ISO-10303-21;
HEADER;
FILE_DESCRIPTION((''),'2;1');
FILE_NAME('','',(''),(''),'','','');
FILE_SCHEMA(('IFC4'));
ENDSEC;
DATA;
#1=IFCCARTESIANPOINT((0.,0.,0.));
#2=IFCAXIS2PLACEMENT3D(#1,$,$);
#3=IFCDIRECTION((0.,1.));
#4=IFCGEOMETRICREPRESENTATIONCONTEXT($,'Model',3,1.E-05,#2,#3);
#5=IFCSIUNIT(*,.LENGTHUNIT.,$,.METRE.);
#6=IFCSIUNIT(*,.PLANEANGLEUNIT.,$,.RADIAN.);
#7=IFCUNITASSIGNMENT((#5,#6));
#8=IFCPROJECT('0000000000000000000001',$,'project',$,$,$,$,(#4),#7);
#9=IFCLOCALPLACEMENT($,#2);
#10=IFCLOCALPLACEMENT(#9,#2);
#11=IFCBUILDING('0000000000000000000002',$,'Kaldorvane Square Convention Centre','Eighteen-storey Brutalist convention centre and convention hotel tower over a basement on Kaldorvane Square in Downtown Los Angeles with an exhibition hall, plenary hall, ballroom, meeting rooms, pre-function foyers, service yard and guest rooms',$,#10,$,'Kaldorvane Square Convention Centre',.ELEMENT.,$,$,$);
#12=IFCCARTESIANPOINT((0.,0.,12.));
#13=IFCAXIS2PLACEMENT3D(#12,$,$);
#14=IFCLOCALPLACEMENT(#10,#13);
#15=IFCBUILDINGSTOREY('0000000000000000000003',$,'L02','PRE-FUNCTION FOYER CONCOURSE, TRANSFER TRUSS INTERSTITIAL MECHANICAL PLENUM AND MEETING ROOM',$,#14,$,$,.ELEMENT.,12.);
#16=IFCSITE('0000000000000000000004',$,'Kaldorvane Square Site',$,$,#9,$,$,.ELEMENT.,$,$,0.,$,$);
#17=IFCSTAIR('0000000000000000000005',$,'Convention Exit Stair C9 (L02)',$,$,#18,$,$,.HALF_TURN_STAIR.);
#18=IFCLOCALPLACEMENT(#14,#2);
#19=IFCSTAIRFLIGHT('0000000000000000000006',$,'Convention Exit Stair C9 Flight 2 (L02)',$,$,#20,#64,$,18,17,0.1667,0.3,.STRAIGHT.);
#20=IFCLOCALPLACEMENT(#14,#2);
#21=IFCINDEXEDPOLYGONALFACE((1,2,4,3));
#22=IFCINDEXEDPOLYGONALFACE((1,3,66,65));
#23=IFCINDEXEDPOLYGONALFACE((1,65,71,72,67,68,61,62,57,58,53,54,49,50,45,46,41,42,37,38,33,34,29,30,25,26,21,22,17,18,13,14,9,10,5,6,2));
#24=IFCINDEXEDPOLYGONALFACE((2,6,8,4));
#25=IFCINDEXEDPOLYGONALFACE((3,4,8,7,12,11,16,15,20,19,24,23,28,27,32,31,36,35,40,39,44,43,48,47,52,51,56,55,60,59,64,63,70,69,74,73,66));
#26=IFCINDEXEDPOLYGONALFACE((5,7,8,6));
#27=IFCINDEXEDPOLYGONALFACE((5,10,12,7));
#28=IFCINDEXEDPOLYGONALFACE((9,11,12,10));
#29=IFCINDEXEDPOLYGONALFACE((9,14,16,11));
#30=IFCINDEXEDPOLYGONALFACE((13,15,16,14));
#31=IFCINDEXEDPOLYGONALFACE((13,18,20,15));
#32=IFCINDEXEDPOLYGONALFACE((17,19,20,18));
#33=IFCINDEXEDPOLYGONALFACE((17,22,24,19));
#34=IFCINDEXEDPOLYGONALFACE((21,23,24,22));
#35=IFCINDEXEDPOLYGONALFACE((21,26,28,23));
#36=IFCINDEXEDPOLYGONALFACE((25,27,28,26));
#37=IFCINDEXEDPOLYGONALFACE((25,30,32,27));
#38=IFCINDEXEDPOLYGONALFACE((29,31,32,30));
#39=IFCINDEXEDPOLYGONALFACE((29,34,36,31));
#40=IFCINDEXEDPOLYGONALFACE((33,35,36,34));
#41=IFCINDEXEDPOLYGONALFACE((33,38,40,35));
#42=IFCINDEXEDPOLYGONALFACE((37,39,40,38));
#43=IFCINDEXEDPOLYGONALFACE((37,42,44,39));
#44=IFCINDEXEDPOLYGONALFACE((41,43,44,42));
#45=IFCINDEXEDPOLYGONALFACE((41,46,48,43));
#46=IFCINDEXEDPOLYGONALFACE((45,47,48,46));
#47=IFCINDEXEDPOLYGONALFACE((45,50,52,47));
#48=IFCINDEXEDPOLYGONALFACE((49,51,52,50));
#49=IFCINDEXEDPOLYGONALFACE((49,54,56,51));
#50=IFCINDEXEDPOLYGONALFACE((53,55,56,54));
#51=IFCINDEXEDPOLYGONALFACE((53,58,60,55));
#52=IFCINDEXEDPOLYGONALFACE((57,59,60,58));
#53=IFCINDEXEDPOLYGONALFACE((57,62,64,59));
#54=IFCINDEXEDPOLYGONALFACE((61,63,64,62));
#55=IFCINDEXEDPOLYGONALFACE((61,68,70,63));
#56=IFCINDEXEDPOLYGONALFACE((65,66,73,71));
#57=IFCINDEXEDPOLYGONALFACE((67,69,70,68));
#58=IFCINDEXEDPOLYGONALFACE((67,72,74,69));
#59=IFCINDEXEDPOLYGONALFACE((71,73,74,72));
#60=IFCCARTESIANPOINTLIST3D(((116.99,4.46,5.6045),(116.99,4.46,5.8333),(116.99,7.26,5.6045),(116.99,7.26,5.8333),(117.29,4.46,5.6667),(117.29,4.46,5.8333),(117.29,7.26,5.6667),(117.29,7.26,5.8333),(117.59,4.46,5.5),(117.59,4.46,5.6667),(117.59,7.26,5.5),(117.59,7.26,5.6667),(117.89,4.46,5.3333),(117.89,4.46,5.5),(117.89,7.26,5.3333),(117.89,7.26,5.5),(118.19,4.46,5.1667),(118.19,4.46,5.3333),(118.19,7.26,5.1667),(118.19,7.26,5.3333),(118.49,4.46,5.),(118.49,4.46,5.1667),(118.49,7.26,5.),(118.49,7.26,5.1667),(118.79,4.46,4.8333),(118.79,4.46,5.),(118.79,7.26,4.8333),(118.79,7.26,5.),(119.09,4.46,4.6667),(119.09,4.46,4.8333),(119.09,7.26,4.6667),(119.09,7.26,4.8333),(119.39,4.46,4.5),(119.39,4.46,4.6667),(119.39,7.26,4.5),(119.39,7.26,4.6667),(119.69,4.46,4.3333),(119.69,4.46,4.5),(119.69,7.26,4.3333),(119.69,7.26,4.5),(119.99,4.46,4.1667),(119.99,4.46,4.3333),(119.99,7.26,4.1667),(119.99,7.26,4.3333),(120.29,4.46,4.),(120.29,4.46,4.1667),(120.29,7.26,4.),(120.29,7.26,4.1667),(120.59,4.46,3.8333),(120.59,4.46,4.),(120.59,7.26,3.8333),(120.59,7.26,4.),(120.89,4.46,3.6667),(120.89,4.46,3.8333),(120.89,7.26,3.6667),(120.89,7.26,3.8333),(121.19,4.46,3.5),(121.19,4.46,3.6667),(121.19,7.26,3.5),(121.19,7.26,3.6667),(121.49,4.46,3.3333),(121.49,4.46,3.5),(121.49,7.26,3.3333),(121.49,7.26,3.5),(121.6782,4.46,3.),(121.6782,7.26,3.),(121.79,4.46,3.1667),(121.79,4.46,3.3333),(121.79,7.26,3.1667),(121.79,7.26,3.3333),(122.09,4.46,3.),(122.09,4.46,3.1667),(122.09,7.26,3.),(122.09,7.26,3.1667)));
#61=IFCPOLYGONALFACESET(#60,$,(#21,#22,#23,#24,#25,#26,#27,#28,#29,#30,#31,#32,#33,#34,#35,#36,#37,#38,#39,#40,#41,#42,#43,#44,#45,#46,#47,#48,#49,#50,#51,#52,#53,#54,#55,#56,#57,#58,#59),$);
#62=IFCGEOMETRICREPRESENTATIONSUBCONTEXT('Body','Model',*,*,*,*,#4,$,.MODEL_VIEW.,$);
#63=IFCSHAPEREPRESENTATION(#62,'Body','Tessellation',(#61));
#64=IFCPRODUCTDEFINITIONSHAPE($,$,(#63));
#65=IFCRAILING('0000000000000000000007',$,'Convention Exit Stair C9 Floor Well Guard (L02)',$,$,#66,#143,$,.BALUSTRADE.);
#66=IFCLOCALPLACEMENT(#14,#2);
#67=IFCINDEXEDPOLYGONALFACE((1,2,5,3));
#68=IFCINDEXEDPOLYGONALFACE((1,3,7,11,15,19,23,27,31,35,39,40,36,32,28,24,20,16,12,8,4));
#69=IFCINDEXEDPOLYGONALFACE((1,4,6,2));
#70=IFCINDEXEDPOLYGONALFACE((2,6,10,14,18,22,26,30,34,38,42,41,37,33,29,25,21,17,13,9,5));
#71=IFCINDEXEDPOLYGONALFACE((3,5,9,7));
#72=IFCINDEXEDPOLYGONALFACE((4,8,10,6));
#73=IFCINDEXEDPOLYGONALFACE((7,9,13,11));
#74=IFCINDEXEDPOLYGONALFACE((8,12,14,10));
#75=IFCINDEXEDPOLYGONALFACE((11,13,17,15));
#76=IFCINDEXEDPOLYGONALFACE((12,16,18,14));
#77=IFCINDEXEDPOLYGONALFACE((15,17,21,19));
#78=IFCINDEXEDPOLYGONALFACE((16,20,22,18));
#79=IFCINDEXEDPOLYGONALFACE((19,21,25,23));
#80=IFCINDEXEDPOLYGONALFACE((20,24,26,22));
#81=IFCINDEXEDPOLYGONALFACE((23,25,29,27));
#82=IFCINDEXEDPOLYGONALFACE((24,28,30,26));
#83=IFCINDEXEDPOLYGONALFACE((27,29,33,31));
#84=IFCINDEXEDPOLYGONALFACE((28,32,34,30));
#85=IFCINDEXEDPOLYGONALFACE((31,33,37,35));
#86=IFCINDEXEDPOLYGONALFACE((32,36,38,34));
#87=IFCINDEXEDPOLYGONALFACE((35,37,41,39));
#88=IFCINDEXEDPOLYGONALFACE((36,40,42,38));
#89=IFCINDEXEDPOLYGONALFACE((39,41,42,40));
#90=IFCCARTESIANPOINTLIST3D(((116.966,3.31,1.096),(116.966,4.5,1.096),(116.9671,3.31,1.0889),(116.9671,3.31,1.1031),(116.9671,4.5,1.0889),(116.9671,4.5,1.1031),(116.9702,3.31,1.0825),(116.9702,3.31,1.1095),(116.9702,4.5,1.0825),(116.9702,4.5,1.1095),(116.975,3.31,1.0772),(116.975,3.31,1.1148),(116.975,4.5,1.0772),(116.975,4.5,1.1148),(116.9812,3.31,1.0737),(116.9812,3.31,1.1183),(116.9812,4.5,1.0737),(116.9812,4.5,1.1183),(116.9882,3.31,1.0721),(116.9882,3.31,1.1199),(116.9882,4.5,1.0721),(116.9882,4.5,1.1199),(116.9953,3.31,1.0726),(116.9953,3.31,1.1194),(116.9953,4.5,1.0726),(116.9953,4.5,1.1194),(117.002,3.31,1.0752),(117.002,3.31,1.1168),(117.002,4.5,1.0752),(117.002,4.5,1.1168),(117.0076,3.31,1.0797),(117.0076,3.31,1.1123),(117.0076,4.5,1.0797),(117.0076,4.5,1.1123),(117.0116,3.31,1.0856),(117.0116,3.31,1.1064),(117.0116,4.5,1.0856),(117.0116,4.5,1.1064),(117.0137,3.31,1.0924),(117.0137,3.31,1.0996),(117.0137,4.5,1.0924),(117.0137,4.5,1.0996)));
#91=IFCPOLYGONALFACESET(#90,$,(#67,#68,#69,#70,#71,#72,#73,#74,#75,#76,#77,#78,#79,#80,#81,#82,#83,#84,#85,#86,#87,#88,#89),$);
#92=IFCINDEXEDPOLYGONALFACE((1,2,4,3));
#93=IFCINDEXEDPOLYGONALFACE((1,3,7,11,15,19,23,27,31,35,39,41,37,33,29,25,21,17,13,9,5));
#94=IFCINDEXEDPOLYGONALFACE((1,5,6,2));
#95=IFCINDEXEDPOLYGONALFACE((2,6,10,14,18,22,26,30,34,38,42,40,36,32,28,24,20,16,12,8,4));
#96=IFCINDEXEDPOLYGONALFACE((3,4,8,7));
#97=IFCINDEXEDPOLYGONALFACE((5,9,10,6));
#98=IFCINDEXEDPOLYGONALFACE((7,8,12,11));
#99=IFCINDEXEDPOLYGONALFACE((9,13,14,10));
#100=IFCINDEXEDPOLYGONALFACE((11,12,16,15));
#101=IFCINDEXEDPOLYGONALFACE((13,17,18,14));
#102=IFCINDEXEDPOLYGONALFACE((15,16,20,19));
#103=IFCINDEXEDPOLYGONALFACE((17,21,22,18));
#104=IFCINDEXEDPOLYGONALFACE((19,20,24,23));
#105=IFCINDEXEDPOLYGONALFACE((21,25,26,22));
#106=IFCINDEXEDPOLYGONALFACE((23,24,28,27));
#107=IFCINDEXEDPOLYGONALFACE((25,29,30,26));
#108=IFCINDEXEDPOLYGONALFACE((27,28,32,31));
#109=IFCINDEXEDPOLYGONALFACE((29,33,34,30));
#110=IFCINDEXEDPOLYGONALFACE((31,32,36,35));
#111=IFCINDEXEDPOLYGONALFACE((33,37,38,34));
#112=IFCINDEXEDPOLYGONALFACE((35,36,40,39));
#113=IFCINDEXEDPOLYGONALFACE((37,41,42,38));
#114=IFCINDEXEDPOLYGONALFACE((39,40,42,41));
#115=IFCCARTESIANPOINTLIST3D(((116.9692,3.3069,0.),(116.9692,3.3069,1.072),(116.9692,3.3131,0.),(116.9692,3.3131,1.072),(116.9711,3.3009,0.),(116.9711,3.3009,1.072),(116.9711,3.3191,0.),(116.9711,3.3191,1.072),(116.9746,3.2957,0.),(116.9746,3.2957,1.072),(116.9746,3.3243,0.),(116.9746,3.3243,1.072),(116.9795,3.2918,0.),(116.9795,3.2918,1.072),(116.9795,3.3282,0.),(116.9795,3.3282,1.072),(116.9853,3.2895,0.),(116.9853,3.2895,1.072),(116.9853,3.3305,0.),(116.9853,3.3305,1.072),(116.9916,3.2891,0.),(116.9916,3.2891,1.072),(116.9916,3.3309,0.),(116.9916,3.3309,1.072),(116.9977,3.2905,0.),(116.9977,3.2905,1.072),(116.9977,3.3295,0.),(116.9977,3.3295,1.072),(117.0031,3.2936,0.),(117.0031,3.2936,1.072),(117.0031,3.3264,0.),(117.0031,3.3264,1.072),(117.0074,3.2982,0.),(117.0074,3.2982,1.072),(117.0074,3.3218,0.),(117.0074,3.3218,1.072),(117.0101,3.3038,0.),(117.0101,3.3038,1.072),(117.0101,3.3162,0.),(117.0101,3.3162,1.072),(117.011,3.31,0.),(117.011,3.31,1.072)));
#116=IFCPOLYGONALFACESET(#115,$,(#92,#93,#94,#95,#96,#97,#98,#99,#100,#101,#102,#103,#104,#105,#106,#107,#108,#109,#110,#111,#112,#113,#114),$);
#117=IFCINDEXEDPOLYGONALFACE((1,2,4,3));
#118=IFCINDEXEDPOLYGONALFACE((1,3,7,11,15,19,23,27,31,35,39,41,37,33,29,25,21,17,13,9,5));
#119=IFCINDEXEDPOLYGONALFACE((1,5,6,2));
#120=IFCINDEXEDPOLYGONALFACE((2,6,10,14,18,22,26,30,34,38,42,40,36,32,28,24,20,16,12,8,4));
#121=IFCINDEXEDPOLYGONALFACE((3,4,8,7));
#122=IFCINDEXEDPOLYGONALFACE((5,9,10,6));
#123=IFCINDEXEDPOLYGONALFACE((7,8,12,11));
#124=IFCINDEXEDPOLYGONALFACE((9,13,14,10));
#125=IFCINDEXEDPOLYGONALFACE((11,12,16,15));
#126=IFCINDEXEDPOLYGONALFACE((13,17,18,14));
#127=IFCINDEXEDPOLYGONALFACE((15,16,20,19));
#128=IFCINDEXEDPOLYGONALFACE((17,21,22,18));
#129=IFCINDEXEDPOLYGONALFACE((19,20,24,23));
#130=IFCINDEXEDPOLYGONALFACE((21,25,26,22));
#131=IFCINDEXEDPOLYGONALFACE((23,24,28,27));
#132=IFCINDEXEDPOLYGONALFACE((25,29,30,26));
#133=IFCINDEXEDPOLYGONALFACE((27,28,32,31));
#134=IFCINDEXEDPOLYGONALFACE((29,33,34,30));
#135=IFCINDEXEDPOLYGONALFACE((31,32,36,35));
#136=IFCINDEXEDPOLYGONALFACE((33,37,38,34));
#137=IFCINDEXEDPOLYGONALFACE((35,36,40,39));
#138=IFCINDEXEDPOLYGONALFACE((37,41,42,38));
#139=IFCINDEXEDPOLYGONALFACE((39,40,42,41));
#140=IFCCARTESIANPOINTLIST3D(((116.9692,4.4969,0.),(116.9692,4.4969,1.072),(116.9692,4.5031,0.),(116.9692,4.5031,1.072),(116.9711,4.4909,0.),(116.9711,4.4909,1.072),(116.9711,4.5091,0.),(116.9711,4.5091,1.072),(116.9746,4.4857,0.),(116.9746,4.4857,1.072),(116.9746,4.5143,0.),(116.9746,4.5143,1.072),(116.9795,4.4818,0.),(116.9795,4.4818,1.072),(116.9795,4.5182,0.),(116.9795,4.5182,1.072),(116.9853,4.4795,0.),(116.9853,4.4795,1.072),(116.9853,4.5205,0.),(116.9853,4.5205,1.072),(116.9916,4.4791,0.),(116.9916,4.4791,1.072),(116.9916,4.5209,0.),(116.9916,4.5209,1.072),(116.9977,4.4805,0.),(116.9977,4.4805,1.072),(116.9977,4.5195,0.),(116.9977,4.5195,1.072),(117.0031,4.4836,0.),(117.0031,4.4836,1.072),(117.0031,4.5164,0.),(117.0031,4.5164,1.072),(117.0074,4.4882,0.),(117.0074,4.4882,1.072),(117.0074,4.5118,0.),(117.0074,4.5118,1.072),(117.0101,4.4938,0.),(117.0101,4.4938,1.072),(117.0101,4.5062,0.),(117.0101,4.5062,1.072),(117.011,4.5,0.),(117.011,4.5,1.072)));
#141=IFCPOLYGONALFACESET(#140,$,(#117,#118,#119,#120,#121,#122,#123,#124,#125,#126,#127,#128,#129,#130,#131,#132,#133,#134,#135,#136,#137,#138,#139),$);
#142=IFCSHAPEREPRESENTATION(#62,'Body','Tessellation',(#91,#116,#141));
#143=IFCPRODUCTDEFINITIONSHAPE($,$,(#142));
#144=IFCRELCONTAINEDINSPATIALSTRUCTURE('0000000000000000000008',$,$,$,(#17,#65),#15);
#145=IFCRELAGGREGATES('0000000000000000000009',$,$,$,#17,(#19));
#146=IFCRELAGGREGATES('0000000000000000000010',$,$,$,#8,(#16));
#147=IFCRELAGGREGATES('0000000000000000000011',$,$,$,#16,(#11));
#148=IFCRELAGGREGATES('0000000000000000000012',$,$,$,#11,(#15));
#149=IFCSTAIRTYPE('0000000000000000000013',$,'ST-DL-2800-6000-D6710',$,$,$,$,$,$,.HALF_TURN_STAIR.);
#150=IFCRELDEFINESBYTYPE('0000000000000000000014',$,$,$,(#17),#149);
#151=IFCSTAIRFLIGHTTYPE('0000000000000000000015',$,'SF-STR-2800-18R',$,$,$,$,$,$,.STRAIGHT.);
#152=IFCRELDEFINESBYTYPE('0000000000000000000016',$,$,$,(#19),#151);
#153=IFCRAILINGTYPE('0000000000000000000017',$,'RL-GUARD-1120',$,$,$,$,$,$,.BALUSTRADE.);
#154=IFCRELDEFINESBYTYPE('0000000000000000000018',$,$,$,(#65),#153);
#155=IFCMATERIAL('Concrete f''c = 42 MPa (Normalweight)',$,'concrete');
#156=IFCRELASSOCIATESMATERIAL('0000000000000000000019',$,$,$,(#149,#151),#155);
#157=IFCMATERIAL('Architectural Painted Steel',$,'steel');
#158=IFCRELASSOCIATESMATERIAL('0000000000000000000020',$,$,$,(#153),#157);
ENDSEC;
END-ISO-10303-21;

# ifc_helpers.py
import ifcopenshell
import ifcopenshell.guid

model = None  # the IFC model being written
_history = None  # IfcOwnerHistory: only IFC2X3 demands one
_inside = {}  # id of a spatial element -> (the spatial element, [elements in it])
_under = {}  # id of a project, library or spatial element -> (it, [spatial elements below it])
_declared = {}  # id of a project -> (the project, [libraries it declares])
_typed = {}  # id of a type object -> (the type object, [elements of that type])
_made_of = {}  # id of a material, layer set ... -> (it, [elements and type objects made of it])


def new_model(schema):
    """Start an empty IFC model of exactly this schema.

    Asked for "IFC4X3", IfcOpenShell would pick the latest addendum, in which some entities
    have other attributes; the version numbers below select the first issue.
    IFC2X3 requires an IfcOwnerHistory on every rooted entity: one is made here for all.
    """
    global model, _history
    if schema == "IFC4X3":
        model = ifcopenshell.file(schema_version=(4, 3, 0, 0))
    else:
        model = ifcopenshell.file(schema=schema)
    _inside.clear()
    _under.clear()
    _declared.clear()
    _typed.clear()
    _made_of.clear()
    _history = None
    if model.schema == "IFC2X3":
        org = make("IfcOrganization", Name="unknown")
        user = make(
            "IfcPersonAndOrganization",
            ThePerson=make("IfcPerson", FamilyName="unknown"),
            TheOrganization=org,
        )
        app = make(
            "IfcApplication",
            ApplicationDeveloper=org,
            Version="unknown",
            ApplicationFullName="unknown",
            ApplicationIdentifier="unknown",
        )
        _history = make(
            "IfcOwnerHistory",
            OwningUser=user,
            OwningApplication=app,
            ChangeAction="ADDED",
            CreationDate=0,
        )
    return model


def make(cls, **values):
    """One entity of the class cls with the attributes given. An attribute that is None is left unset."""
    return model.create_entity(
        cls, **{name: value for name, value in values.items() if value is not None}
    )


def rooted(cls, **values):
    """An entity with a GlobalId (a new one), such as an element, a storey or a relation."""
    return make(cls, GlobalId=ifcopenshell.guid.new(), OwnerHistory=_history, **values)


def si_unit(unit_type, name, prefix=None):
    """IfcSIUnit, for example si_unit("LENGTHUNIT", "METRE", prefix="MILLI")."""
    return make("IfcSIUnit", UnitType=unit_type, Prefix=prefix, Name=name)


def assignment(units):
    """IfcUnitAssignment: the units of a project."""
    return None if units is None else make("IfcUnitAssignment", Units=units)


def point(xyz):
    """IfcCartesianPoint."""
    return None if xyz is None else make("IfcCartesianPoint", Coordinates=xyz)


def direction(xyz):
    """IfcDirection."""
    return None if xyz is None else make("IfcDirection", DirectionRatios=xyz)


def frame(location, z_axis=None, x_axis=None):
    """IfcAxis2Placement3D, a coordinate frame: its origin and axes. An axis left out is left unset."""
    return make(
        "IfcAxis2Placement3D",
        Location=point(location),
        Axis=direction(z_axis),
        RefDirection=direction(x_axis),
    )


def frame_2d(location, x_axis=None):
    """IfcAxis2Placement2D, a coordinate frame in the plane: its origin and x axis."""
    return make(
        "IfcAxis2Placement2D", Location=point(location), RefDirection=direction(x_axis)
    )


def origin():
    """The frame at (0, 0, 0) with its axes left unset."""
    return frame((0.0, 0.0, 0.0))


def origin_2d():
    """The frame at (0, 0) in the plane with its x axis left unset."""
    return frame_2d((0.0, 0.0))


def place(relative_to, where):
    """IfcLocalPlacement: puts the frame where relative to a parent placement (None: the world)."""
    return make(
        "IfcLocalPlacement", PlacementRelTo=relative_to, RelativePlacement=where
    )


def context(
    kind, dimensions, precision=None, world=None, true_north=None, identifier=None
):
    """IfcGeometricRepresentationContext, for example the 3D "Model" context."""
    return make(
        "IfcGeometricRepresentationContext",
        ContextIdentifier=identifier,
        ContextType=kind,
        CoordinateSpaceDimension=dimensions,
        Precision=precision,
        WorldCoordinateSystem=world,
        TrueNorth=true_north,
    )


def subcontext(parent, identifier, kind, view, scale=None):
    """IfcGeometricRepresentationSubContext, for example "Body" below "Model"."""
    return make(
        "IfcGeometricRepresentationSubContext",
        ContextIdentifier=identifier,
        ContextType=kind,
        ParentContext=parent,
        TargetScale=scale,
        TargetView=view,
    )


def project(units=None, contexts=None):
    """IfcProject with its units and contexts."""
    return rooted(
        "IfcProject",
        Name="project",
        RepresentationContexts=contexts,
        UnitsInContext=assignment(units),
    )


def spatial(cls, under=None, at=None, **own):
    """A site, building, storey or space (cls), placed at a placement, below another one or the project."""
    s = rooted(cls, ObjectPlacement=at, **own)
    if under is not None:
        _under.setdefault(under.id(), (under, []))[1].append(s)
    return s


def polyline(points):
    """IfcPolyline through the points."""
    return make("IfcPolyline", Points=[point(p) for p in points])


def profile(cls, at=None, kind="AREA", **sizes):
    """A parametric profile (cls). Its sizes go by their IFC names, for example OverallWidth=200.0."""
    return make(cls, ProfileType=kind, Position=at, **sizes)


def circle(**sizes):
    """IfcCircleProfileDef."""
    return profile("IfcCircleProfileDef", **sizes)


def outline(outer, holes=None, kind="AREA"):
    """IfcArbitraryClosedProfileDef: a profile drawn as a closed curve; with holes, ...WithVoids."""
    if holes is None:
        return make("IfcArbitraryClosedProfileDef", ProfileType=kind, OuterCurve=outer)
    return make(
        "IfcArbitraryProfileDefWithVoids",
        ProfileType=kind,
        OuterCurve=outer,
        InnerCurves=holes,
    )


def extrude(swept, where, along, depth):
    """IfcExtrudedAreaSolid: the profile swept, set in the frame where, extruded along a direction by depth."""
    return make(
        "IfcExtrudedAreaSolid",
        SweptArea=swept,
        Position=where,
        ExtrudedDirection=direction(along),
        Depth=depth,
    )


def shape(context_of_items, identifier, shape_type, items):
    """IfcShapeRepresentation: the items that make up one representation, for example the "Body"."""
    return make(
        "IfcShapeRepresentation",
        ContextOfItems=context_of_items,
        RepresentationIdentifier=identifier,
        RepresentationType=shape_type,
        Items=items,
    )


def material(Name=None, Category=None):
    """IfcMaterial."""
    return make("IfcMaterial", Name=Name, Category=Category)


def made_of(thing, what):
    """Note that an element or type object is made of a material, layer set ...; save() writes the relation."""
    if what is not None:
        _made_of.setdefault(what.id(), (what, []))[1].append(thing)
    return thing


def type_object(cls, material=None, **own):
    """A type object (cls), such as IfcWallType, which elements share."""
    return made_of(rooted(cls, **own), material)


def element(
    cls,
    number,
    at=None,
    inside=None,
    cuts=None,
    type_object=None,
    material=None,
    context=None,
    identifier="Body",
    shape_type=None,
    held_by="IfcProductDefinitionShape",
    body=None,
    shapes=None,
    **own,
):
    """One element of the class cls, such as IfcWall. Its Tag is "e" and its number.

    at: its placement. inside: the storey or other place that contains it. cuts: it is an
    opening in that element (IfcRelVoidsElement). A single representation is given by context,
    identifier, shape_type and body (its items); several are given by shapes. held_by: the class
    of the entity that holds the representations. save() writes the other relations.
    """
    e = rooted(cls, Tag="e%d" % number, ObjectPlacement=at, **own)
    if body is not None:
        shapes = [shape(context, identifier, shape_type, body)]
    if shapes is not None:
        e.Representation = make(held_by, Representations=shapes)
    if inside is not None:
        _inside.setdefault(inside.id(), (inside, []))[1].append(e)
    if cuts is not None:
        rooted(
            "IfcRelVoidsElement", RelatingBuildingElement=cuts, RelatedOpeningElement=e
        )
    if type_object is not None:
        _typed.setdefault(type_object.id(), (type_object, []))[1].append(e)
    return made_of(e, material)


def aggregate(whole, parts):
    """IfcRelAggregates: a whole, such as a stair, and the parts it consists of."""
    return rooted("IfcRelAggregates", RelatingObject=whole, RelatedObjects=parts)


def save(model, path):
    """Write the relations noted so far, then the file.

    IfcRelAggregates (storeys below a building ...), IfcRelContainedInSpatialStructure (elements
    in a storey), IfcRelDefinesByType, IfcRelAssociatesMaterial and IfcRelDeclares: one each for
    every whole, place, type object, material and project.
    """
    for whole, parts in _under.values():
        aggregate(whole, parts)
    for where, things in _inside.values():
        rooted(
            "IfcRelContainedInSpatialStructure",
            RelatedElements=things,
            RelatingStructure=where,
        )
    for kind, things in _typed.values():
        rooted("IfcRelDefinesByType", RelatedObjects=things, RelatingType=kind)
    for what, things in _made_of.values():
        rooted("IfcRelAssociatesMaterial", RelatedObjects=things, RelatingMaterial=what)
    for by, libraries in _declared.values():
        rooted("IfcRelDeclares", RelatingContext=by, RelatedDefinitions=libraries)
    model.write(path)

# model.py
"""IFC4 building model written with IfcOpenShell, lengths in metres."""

from ifc_helpers import new_model, si_unit, direction, frame, origin, origin_2d, place, context, subcontext, project, spatial, polyline, circle, outline, extrude, material, type_object, element, aggregate, save


model = new_model("IFC4")

# Units and contexts
model_context = context("Model", 3, precision=1e-05, world=origin(), true_north=direction((0.0, 1.0)))
body_context = subcontext(model_context, "Body", "Model", "MODEL_VIEW")
ifc_project = project(units=[si_unit("LENGTHUNIT", "METRE"), si_unit("PLANEANGLEUNIT", "RADIAN")], contexts=[model_context])

# Site, building, storey
site_placement = place(None, origin())
site = spatial("IfcSite", under=ifc_project, at=site_placement, Name="Kaldorvane Square Site", CompositionType="ELEMENT", RefElevation=0.0)
building_placement = place(site_placement, origin())
building = spatial("IfcBuilding", under=site, at=building_placement, Name="Kaldorvane Square Convention Centre", Description="Eighteen-storey Brutalist convention centre and convention hotel tower over a basement on Kaldorvane Square in Downtown Los Angeles with an exhibition hall, plenary hall, ballroom, meeting rooms, pre-function foyers, service yard and guest rooms", LongName="Kaldorvane Square Convention Centre", CompositionType="ELEMENT")
storey_placement = place(building_placement, frame((0.0, 0.0, 12.0)))
storey = spatial("IfcBuildingStorey", under=building, at=storey_placement, Name="L02", Description="PRE-FUNCTION FOYER CONCOURSE, TRANSFER TRUSS INTERSTITIAL MECHANICAL PLENUM AND MEETING ROOM", CompositionType="ELEMENT", Elevation=12.0)

# Shared definitions
ifc_material_1 = material(Name="Concrete f'c = 42 MPa (Normalweight)", Category="concrete")

# Stair, stair flight
stair_type = type_object("IfcStairType", Name="ST-DL-2800-6000-D6710", PredefinedType="HALF_TURN_STAIR", material=ifc_material_1)
stair_placement = place(storey_placement, origin())
stair = element("IfcStair", 1, at=stair_placement, inside=storey, type_object=stair_type, Name="Convention Exit Stair C9 (L02)", PredefinedType="HALF_TURN_STAIR")
stair_flight_type = type_object("IfcStairFlightType", Name="SF-STR-2800-18R", PredefinedType="STRAIGHT", material=ifc_material_1)
stair_flight_1_placement = place(storey_placement, frame((122.09, 5.86, 3.0), z_axis=(0.0, 0.0, 1.0), x_axis=(-1.0, 0.0, 0.0)))
stair_flight_1 = element("IfcStairFlight", 2, at=stair_flight_1_placement, type_object=stair_flight_type, Name="Convention Exit Stair C9 Flight 2 (L02)", NumberOfRisers=18, NumberOfTreads=17, PredefinedType="STRAIGHT", RiserHeight=0.1667, TreadLength=0.3, context=body_context, shape_type="SweptSolid", body=[
    extrude(outline(polyline([(0.0, 0.0), (0.0, 0.1667), (0.3, 0.1667), (0.3, 0.3333), (0.6, 0.3333), (0.6, 0.5), (0.9, 0.5), (0.9, 0.6667), (1.2, 0.6667), (1.2, 0.8333), (1.5, 0.8333), (1.5, 1.0), (1.8, 1.0), (1.8, 1.1667), (2.1, 1.1667), (2.1, 1.3333), (2.4, 1.3333), (2.4, 1.5), (2.7, 1.5), (2.7, 1.6667), (3.0, 1.6667), (3.0, 1.8333), (3.3, 1.8333), (3.3, 2.0), (3.6, 2.0), (3.6, 2.1667), (3.9, 2.1667), (3.9, 2.3333), (4.2, 2.3333), (4.2, 2.5), (4.5, 2.5), (4.5, 2.6667), (4.8, 2.6667), (4.8, 2.8333), (5.1, 2.8333), (5.1, 3.0), (5.1, 2.6045), (0.4118, 0.0), (0.0, 0.0)])), frame((0.0, 1.4, 0.0), z_axis=(0.0, -1.0, 0.0), x_axis=(1.0, 0.0, 0.0)), (0.0, 0.0, 1.0), 2.8),
])
aggregate(stair, [stair_flight_1])

# Railing
ifc_material_2 = material(Name="Architectural Painted Steel", Category="steel")
railing_type_1 = type_object("IfcRailingType", Name="RL-GUARD-1120", PredefinedType="BALUSTRADE", material=ifc_material_2)
for number, where, name in (
    (3, (116.99, 3.31, 0.0), "Convention Exit Stair C9 Floor Well Guard (L02)"),
):
    element("IfcRailing", number, at=place(storey_placement, frame(where)), inside=storey, type_object=railing_type_1, Name=name, PredefinedType="BALUSTRADE", context=body_context, shape_type="SweptSolid", body=[
        extrude(circle(Radius=0.024, at=origin_2d()), frame((0.0, 0.0, 1.096), z_axis=(0.0, 1.0, 0.0), x_axis=(-1.0, 0.0, 0.0)), (0.0, 0.0, 1.0), 1.19),
        extrude(circle(Radius=0.021, at=origin_2d()), origin(), (0.0, 0.0, 1.0), 1.072),
        extrude(circle(Radius=0.021, at=origin_2d()), frame((0.0, 1.19, 0.0)), (0.0, 0.0, 1.0), 1.072),
    ])

save(model, "model.ifc")
